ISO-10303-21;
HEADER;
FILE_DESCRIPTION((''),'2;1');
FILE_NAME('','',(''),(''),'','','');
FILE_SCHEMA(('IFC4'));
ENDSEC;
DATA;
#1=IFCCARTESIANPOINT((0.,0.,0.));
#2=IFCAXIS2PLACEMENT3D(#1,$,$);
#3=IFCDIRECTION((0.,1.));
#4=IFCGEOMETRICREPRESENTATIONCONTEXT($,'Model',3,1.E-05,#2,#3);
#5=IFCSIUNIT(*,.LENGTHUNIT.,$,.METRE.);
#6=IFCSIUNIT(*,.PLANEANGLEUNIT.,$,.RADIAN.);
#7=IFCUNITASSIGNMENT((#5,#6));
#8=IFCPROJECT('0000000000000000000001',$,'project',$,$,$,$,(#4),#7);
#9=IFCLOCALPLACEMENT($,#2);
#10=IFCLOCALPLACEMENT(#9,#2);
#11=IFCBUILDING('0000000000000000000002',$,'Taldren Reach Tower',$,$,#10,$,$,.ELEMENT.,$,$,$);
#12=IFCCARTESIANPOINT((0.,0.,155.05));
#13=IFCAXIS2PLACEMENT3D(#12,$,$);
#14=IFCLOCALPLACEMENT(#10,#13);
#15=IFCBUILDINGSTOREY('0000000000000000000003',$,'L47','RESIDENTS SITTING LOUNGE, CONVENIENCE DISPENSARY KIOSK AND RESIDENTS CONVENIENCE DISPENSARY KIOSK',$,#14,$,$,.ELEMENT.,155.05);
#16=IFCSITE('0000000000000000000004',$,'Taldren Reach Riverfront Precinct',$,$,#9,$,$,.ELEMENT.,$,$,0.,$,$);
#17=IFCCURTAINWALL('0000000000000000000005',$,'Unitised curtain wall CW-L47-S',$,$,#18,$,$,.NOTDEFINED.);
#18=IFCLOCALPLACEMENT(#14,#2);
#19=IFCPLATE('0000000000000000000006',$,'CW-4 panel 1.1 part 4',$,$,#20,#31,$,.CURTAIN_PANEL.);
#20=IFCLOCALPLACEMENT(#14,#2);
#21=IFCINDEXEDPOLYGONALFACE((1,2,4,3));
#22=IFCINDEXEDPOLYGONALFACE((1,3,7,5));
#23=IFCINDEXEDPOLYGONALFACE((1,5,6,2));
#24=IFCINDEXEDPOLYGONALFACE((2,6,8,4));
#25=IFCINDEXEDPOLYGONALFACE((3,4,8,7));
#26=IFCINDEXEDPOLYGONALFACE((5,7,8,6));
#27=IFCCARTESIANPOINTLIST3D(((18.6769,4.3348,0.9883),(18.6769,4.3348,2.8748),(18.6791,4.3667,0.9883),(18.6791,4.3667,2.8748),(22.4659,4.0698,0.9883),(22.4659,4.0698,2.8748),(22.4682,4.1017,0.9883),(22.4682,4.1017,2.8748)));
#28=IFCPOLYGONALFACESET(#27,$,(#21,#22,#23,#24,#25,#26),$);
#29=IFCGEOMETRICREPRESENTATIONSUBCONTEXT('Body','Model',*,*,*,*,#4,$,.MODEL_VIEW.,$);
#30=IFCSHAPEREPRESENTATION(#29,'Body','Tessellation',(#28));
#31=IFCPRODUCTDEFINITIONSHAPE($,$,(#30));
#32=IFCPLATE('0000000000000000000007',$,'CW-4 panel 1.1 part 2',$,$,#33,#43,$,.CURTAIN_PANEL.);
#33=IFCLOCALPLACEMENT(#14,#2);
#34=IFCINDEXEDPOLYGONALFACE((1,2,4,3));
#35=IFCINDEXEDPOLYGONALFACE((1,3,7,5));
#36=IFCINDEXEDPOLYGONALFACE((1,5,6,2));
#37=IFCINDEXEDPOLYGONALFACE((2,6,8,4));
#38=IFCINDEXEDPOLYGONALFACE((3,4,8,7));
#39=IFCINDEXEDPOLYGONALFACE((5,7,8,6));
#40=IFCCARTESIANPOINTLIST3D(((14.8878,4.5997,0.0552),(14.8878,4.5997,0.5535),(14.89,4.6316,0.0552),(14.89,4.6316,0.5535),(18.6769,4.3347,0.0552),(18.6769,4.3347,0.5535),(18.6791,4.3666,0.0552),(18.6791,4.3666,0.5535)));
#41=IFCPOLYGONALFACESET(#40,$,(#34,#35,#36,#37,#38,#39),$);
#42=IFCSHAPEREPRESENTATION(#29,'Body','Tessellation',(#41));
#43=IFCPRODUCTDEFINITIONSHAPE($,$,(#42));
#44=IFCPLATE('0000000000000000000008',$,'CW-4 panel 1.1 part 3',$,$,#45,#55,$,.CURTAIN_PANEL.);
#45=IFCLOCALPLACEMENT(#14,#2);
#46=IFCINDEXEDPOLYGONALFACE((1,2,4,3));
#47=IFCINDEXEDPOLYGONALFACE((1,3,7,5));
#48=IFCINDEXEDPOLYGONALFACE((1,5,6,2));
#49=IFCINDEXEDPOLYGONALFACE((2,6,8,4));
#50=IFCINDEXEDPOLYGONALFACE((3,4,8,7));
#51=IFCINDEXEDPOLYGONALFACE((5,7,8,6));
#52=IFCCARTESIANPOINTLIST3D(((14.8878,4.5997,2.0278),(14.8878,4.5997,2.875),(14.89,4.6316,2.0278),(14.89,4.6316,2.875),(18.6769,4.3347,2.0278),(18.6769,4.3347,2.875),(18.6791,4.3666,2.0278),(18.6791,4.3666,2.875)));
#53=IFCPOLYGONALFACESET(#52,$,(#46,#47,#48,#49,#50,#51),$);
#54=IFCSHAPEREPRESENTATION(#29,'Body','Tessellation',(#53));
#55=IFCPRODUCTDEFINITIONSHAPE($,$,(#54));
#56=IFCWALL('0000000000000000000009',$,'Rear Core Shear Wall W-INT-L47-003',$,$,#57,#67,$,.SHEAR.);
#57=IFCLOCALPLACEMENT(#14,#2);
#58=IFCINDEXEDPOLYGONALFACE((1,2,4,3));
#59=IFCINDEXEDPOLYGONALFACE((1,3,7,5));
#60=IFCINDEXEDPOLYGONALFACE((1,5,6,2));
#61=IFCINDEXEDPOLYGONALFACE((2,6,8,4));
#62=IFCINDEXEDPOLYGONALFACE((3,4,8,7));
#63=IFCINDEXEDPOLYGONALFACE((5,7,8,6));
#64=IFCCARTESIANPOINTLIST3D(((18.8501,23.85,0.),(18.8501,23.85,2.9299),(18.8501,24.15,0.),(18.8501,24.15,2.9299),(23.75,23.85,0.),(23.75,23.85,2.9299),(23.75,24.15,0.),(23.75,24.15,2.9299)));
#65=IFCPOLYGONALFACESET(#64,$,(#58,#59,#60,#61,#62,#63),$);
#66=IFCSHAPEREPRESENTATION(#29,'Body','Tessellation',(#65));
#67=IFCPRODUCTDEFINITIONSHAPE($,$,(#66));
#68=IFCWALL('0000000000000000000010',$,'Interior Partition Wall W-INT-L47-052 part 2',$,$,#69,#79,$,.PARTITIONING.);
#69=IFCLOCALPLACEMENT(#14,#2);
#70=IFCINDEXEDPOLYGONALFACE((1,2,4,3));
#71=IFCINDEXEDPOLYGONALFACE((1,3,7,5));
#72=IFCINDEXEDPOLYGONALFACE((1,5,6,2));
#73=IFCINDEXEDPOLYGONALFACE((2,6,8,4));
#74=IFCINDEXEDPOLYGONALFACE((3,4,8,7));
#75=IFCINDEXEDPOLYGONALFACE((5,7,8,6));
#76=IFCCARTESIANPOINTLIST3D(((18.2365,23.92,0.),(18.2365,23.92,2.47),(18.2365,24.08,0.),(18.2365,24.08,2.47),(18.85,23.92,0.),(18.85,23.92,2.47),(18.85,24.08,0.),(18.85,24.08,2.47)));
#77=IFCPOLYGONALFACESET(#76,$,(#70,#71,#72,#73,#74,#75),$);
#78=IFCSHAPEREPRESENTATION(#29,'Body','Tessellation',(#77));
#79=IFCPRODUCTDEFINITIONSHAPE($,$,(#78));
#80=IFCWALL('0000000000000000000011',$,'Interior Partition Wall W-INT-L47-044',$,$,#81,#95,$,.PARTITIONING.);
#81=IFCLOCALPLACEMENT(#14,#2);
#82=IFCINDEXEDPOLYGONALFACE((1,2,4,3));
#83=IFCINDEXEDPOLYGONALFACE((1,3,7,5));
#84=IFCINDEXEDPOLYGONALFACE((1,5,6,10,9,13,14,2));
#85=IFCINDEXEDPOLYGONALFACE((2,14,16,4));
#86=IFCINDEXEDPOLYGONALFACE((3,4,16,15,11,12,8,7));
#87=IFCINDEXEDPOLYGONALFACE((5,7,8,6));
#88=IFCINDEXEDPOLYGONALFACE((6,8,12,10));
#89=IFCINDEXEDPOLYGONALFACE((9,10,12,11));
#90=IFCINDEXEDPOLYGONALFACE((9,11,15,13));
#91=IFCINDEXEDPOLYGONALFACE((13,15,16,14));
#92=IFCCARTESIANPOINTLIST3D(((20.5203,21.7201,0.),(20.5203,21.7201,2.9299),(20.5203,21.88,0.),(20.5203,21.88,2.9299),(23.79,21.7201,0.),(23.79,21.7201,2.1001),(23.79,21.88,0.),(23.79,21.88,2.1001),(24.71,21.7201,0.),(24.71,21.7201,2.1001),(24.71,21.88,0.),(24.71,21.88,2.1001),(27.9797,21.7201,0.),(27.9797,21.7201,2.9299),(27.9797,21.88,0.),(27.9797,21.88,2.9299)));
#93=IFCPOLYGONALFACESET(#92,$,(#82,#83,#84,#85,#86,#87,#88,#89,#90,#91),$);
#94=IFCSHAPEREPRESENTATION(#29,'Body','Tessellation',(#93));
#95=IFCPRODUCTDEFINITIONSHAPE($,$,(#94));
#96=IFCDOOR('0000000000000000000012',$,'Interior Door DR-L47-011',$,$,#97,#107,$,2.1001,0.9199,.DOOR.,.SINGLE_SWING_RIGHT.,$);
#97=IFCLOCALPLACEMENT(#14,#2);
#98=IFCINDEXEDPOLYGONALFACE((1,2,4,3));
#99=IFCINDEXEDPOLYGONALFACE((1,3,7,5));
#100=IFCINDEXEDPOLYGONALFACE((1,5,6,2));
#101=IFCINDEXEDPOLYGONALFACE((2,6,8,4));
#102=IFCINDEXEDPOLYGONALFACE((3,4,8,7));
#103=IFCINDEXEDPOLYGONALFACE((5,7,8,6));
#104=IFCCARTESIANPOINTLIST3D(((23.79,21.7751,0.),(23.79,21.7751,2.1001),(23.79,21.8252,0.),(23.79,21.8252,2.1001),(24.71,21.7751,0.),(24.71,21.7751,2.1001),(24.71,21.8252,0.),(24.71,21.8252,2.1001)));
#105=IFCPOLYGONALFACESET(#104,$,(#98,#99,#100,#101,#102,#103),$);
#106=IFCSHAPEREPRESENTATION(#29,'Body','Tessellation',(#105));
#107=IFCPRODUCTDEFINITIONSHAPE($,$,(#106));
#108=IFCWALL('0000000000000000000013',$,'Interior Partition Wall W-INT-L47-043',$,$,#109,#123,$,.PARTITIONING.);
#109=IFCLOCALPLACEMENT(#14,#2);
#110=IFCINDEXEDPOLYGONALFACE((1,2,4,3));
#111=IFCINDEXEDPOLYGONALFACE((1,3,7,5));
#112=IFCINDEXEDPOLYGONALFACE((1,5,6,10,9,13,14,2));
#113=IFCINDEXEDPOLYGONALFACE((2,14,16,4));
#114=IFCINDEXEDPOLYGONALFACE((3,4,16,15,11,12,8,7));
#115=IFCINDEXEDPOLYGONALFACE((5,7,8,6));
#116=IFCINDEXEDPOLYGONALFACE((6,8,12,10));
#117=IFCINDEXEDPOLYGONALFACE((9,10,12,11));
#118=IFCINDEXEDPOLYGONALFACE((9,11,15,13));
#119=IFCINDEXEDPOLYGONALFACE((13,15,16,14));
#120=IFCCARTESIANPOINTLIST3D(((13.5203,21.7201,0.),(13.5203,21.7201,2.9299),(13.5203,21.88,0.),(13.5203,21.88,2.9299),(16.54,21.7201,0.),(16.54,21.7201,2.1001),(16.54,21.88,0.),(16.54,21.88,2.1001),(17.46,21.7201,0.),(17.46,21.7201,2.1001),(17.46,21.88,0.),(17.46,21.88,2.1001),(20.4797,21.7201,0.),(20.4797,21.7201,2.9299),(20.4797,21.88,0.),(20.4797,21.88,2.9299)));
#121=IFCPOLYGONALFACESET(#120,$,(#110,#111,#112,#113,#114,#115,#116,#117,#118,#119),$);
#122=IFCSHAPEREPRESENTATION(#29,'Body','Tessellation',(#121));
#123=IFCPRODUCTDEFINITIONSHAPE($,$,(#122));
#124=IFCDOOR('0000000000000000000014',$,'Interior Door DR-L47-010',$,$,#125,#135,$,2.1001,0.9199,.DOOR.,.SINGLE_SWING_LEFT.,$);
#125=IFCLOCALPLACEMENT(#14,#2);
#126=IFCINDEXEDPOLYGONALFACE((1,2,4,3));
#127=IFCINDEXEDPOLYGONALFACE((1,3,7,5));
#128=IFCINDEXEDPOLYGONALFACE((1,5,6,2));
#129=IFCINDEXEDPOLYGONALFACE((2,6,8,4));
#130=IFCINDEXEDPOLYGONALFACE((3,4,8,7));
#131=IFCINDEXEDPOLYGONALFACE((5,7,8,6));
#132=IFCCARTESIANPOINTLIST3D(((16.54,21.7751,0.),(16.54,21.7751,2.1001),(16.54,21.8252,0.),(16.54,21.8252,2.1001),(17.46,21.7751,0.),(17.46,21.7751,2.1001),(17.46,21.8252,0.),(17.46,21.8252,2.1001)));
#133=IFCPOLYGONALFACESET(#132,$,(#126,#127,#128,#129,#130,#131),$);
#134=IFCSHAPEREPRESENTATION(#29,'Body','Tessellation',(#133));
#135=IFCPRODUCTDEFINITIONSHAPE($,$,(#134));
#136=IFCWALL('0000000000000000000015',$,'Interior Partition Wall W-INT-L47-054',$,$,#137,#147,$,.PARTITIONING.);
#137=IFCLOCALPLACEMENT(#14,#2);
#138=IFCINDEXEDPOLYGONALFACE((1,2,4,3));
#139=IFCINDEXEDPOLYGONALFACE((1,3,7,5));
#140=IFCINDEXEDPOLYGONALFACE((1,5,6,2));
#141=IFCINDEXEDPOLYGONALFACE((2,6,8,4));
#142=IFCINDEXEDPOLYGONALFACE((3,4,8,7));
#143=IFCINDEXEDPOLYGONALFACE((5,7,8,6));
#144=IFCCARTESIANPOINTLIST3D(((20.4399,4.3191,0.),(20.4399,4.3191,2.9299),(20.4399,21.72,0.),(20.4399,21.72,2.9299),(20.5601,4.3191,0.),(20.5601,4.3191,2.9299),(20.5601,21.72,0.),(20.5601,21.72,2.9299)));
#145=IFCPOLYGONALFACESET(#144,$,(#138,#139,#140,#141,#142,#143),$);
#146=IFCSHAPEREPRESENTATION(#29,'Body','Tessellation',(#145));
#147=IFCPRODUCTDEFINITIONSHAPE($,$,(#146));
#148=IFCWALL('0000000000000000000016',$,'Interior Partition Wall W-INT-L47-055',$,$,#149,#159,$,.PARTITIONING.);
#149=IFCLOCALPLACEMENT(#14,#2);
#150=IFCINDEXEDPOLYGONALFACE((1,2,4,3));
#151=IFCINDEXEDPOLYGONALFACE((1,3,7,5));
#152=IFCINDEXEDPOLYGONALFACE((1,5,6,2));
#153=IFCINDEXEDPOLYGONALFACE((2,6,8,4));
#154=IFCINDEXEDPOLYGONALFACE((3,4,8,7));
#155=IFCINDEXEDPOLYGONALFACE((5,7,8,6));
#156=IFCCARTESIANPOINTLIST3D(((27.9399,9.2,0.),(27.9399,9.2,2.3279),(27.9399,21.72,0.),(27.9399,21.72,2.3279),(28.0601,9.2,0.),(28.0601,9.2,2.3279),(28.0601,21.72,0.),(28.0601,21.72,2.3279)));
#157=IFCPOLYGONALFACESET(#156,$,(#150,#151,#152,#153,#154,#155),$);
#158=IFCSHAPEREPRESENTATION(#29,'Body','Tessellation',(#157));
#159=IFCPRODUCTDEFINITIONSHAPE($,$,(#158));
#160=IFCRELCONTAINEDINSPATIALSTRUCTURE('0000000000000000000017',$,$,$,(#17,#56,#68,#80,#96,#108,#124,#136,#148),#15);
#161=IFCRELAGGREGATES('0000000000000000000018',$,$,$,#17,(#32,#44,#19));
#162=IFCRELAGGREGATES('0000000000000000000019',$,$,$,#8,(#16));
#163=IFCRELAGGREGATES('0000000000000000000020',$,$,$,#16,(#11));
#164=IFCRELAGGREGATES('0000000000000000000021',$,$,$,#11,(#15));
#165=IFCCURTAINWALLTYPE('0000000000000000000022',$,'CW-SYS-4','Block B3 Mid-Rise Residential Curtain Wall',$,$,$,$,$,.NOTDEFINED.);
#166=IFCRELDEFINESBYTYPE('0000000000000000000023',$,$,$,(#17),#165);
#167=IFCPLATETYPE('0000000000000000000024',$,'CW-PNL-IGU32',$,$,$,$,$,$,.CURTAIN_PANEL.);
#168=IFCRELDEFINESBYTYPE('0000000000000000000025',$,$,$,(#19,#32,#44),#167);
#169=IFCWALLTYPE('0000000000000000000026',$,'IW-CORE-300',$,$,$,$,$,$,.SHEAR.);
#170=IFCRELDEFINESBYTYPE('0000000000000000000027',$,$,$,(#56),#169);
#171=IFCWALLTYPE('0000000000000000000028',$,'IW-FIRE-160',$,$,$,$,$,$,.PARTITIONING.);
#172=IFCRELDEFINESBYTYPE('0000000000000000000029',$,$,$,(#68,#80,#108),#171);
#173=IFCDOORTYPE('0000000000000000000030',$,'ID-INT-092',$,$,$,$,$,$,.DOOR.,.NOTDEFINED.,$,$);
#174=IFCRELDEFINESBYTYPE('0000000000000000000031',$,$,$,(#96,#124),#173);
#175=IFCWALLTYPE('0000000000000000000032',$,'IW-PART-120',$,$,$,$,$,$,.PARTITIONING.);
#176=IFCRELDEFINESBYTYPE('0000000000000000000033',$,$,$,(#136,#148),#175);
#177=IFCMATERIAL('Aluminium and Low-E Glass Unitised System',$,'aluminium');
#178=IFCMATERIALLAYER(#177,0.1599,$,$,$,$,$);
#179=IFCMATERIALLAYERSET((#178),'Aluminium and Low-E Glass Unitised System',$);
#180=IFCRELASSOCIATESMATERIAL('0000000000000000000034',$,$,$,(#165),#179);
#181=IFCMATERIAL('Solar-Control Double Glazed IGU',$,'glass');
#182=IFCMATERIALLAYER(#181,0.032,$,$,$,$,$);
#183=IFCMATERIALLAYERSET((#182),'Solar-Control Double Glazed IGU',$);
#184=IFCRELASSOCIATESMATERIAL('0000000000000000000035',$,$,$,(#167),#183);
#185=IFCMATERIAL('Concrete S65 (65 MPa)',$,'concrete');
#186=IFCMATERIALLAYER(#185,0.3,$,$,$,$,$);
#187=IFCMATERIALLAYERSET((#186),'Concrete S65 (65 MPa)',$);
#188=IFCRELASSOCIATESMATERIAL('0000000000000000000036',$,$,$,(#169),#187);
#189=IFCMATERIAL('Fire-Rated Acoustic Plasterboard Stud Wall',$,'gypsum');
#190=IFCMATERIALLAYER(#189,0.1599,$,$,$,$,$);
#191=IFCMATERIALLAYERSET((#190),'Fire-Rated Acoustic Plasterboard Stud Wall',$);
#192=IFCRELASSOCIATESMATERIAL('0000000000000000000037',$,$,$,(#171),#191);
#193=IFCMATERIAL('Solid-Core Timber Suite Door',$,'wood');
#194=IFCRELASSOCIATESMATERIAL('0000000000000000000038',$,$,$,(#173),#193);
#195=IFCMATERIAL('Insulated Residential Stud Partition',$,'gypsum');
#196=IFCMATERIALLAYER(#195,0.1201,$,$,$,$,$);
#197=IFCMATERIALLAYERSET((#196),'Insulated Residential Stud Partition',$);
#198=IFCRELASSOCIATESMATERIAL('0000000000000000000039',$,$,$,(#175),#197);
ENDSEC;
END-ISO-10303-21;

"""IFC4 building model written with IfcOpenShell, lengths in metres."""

from ifc_helpers import new_model, si_unit, direction, frame, frame_2d, origin, origin_2d, place, context, subcontext, project, spatial, rectangle, extrude, source, transform, mapped, material, layer, layer_set, type_object, element, fill, aggregate, save


model = new_model("IFC4")

# Units and contexts
model_context = context("Model", 3, precision=1e-05, world=origin(), true_north=direction((0.0, 1.0)))
body_context = subcontext(model_context, "Body", "Model", "MODEL_VIEW")
ifc_project = project(units=[si_unit("LENGTHUNIT", "METRE"), si_unit("PLANEANGLEUNIT", "RADIAN")], contexts=[model_context])

# Site, building, storey
site_placement = place(None, origin())
site = spatial("IfcSite", under=ifc_project, at=site_placement, Name="Taldren Reach Riverfront Precinct", CompositionType="ELEMENT", RefElevation=0.0)
building_placement = place(site_placement, origin())
building = spatial("IfcBuilding", under=site, at=building_placement, Name="Taldren Reach Tower", CompositionType="ELEMENT")
storey_placement = place(building_placement, frame((0.0, 0.0, 155.05)))
storey = spatial("IfcBuildingStorey", under=building, at=storey_placement, Name="L47", Description="RESIDENTS SITTING LOUNGE, CONVENIENCE DISPENSARY KIOSK AND RESIDENTS CONVENIENCE DISPENSARY KIOSK", CompositionType="ELEMENT", Elevation=155.05)

# Curtain wall, plates
ifc_material_1 = material(Name="Aluminium and Low-E Glass Unitised System", Category="aluminium")
ifc_layer_1 = layer(ifc_material_1, 0.1599)
ifc_layer_set_1 = layer_set([ifc_layer_1], Name="Aluminium and Low-E Glass Unitised System")
curtain_wall_type = type_object("IfcCurtainWallType", Name="CW-SYS-4", Description="Block B3 Mid-Rise Residential Curtain Wall", PredefinedType="NOTDEFINED", material=ifc_layer_set_1)
curtain_wall_placement = place(storey_placement, origin())
curtain_wall = element("IfcCurtainWall", 1, at=curtain_wall_placement, inside=storey, type_object=curtain_wall_type, Name="Unitised curtain wall CW-L47-S", PredefinedType="NOTDEFINED")
ifc_material_2 = material(Name="Solar-Control Double Glazed IGU", Category="glass")
ifc_layer_2 = layer(ifc_material_2, 0.032)
ifc_layer_set_2 = layer_set([ifc_layer_2], Name="Solar-Control Double Glazed IGU")
plate_type = type_object("IfcPlateType", Name="CW-PNL-IGU32", PredefinedType="CURTAIN_PANEL", material=ifc_layer_set_2)
shared_shape_1 = source(origin(), body_context, "Body", "SweptSolid", [
    extrude(rectangle(XDim=3.7983, YDim=0.032, at=origin_2d()), origin(), (0.0, 0.0, 1.0), 1.8865),
])
plate_1_placement = place(storey_placement, frame((20.5725, 4.2183, 0.9883), z_axis=(0.0, 0.0, 1.0), x_axis=(0.997564, -0.069757, 0.0)))
plate_1 = element("IfcPlate", 2, at=plate_1_placement, type_object=plate_type, Name="CW-4 panel 1.1 part 4", PredefinedType="CURTAIN_PANEL", context=body_context, shape_type="MappedRepresentation", body=[
    mapped(shared_shape_1, transform((0.0, 0.0, 0.0), scale=1.0)),
])
shared_shape_2 = source(origin(), body_context, "Body", "SweptSolid", [
    extrude(rectangle(XDim=3.7983, YDim=0.032, at=origin_2d()), origin(), (0.0, 0.0, 1.0), 0.4983),
])
plate_2_placement = place(storey_placement, frame((16.7834, 4.4832, 0.0552), z_axis=(0.0, 0.0, 1.0), x_axis=(0.997564, -0.069757, 0.0)))
plate_2 = element("IfcPlate", 3, at=plate_2_placement, type_object=plate_type, Name="CW-4 panel 1.1 part 2", PredefinedType="CURTAIN_PANEL", context=body_context, shape_type="MappedRepresentation", body=[
    mapped(shared_shape_2, transform((0.0, 0.0, 0.0), scale=1.0)),
])
shared_shape_3 = source(origin(), body_context, "Body", "SweptSolid", [
    extrude(rectangle(XDim=3.7983, YDim=0.032, at=origin_2d()), origin(), (0.0, 0.0, 1.0), 0.8472),
])
plate_3_placement = place(storey_placement, frame((16.7834, 4.4832, 2.0278), z_axis=(0.0, 0.0, 1.0), x_axis=(0.997564, -0.069757, 0.0)))
plate_3 = element("IfcPlate", 4, at=plate_3_placement, type_object=plate_type, Name="CW-4 panel 1.1 part 3", PredefinedType="CURTAIN_PANEL", context=body_context, shape_type="MappedRepresentation", body=[
    mapped(shared_shape_3, transform((0.0, 0.0, 0.0), scale=1.0)),
])
aggregate(curtain_wall, [plate_2, plate_3, plate_1])

# Walls
ifc_material_3 = material(Name="Concrete S65 (65 MPa)", Category="concrete")
ifc_layer_3 = layer(ifc_material_3, 0.3)
ifc_layer_set_3 = layer_set([ifc_layer_3], Name="Concrete S65 (65 MPa)")
wall_type_1 = type_object("IfcWallType", Name="IW-CORE-300", PredefinedType="SHEAR", material=ifc_layer_set_3)
shared_shape_4 = source(origin(), body_context, "Body", "SweptSolid", [
    extrude(rectangle(XDim=4.8999, YDim=0.3, at=frame_2d((2.45, 0.0))), origin(), (0.0, 0.0, 1.0), 2.9299),
])
wall_1_placement = place(storey_placement, frame((18.8501, 24.0, 0.0), z_axis=(0.0, 0.0, 1.0), x_axis=(1.0, 0.0, 0.0)))
element("IfcWall", 5, at=wall_1_placement, inside=storey, type_object=wall_type_1, Name="Rear Core Shear Wall W-INT-L47-003", PredefinedType="SHEAR", context=body_context, shape_type="MappedRepresentation", body=[
    mapped(shared_shape_4, transform((0.0, 0.0, 0.0), scale=1.0)),
])
ifc_material_4 = material(Name="Fire-Rated Acoustic Plasterboard Stud Wall", Category="gypsum")
ifc_layer_4 = layer(ifc_material_4, 0.1599)
ifc_layer_set_4 = layer_set([ifc_layer_4], Name="Fire-Rated Acoustic Plasterboard Stud Wall")
wall_type_2 = type_object("IfcWallType", Name="IW-FIRE-160", PredefinedType="PARTITIONING", material=ifc_layer_set_4)
shared_shape_5 = source(origin(), body_context, "Body", "SweptSolid", [
    extrude(rectangle(XDim=0.6135, YDim=0.1599, at=frame_2d((0.3066, 0.0))), origin(), (0.0, 0.0, 1.0), 2.47),
])
wall_2_placement = place(storey_placement, frame((18.2366, 24.0, 0.0), z_axis=(0.0, 0.0, 1.0), x_axis=(1.0, 0.0, 0.0)))
element("IfcWall", 6, at=wall_2_placement, inside=storey, type_object=wall_type_2, Name="Interior Partition Wall W-INT-L47-052 part 2", PredefinedType="PARTITIONING", context=body_context, shape_type="MappedRepresentation", body=[
    mapped(shared_shape_5, transform((0.0, 0.0, 0.0), scale=1.0)),
])

# Walls, openings, doors
shared_shape_6 = source(origin(), body_context, "Body", "SweptSolid", [
    extrude(rectangle(XDim=7.4595, YDim=0.1599, at=frame_2d((3.7297, 0.0))), origin(), (0.0, 0.0, 1.0), 2.9299),
])
wall_3_placement = place(storey_placement, frame((27.9797, 21.8, 0.0), z_axis=(0.0, 0.0, 1.0), x_axis=(-1.0, 0.0, 0.0)))
wall_3 = element("IfcWall", 7, at=wall_3_placement, inside=storey, type_object=wall_type_2, Name="Interior Partition Wall W-INT-L47-044", PredefinedType="PARTITIONING", context=body_context, shape_type="MappedRepresentation", body=[
    mapped(shared_shape_6, transform((0.0, 0.0, 0.0), scale=1.0)),
])
shared_shape_7 = source(origin(), body_context, "Body", "SweptSolid", [
    extrude(rectangle(XDim=0.9199, YDim=2.1001, at=frame_2d((0.46, 1.05))), frame((0.0, 0.0898, 0.0), z_axis=(0.0, -1.0, 0.0), x_axis=(1.0, 0.0, 0.0)), (0.0, 0.0, 1.0), 0.1799),
])
opening_1_placement = place(wall_3_placement, frame((3.2698, 0.0, 0.0)))
opening_1 = element("IfcOpeningElement", 8, at=opening_1_placement, cuts=wall_3, PredefinedType="OPENING", context=body_context, shape_type="MappedRepresentation", body=[
    mapped(shared_shape_7, transform((0.0, 0.0, 0.0), scale=1.0)),
])
ifc_material_5 = material(Name="Solid-Core Timber Suite Door", Category="wood")
door_type = type_object("IfcDoorType", Name="ID-INT-092", OperationType="NOTDEFINED", PredefinedType="DOOR", material=ifc_material_5)
shared_shape_8 = source(origin(), body_context, "Body", "SweptSolid", [
    extrude(rectangle(XDim=0.9199, YDim=2.1001, at=frame_2d((0.46, 1.05))), frame((0.0, 0.0249, 0.0), z_axis=(0.0, -1.0, 0.0), x_axis=(1.0, 0.0, 0.0)), (0.0, 0.0, 1.0), 0.05),
])
door_1_placement = place(opening_1_placement, origin())
door_1 = element("IfcDoor", 9, at=door_1_placement, inside=storey, type_object=door_type, Name="Interior Door DR-L47-011", OperationType="SINGLE_SWING_RIGHT", OverallHeight=2.1001, OverallWidth=0.9199, PredefinedType="DOOR", context=body_context, shape_type="MappedRepresentation", body=[
    mapped(shared_shape_8, transform((0.0, 0.0, 0.0), scale=1.0)),
])
fill(opening_1, door_1)
shared_shape_9 = source(origin(), body_context, "Body", "SweptSolid", [
    extrude(rectangle(XDim=6.9595, YDim=0.1599, at=frame_2d((3.4797, 0.0))), origin(), (0.0, 0.0, 1.0), 2.9299),
])
wall_4_placement = place(storey_placement, frame((20.4797, 21.8, 0.0), z_axis=(0.0, 0.0, 1.0), x_axis=(-1.0, 0.0, 0.0)))
wall_4 = element("IfcWall", 10, at=wall_4_placement, inside=storey, type_object=wall_type_2, Name="Interior Partition Wall W-INT-L47-043", PredefinedType="PARTITIONING", context=body_context, shape_type="MappedRepresentation", body=[
    mapped(shared_shape_9, transform((0.0, 0.0, 0.0), scale=1.0)),
])
opening_2_placement = place(wall_4_placement, frame((3.0198, 0.0, 0.0)))
opening_2 = element("IfcOpeningElement", 11, at=opening_2_placement, cuts=wall_4, PredefinedType="OPENING", context=body_context, shape_type="MappedRepresentation", body=[
    mapped(shared_shape_7, transform((0.0, 0.0, 0.0), scale=1.0)),
])
door_2_placement = place(opening_2_placement, origin())
door_2 = element("IfcDoor", 12, at=door_2_placement, inside=storey, type_object=door_type, Name="Interior Door DR-L47-010", OperationType="SINGLE_SWING_LEFT", OverallHeight=2.1001, OverallWidth=0.9199, PredefinedType="DOOR", context=body_context, shape_type="MappedRepresentation", body=[
    mapped(shared_shape_8, transform((0.0, 0.0, 0.0), scale=1.0)),
])
fill(opening_2, door_2)

# Walls
ifc_material_6 = material(Name="Insulated Residential Stud Partition", Category="gypsum")
ifc_layer_5 = layer(ifc_material_6, 0.1201)
ifc_layer_set_5 = layer_set([ifc_layer_5], Name="Insulated Residential Stud Partition")
wall_type_3 = type_object("IfcWallType", Name="IW-PART-120", PredefinedType="PARTITIONING", material=ifc_layer_set_5)
shared_shape_10 = source(origin(), body_context, "Body", "SweptSolid", [
    extrude(rectangle(XDim=17.4009, YDim=0.1201, at=frame_2d((8.7004, 0.0))), origin(), (0.0, 0.0, 1.0), 2.9299),
])
wall_5_placement = place(storey_placement, frame((20.5, 21.72, 0.0), z_axis=(0.0, 0.0, 1.0), x_axis=(0.0, -1.0, 0.0)))
element("IfcWall", 13, at=wall_5_placement, inside=storey, type_object=wall_type_3, Name="Interior Partition Wall W-INT-L47-054", PredefinedType="PARTITIONING", context=body_context, shape_type="MappedRepresentation", body=[
    mapped(shared_shape_10, transform((0.0, 0.0, 0.0), scale=1.0)),
])
shared_shape_11 = source(origin(), body_context, "Body", "SweptSolid", [
    extrude(rectangle(XDim=12.52, YDim=0.1201, at=frame_2d((6.26, 0.0))), origin(), (0.0, 0.0, 1.0), 2.3279),
])
wall_6_placement = place(storey_placement, frame((28.0, 21.72, 0.0), z_axis=(0.0, 0.0, 1.0), x_axis=(0.0, -1.0, 0.0)))
element("IfcWall", 14, at=wall_6_placement, inside=storey, type_object=wall_type_3, Name="Interior Partition Wall W-INT-L47-055", PredefinedType="PARTITIONING", context=body_context, shape_type="MappedRepresentation", body=[
    mapped(shared_shape_11, transform((0.0, 0.0, 0.0), scale=1.0)),
])

save(model, "model.ifc")
